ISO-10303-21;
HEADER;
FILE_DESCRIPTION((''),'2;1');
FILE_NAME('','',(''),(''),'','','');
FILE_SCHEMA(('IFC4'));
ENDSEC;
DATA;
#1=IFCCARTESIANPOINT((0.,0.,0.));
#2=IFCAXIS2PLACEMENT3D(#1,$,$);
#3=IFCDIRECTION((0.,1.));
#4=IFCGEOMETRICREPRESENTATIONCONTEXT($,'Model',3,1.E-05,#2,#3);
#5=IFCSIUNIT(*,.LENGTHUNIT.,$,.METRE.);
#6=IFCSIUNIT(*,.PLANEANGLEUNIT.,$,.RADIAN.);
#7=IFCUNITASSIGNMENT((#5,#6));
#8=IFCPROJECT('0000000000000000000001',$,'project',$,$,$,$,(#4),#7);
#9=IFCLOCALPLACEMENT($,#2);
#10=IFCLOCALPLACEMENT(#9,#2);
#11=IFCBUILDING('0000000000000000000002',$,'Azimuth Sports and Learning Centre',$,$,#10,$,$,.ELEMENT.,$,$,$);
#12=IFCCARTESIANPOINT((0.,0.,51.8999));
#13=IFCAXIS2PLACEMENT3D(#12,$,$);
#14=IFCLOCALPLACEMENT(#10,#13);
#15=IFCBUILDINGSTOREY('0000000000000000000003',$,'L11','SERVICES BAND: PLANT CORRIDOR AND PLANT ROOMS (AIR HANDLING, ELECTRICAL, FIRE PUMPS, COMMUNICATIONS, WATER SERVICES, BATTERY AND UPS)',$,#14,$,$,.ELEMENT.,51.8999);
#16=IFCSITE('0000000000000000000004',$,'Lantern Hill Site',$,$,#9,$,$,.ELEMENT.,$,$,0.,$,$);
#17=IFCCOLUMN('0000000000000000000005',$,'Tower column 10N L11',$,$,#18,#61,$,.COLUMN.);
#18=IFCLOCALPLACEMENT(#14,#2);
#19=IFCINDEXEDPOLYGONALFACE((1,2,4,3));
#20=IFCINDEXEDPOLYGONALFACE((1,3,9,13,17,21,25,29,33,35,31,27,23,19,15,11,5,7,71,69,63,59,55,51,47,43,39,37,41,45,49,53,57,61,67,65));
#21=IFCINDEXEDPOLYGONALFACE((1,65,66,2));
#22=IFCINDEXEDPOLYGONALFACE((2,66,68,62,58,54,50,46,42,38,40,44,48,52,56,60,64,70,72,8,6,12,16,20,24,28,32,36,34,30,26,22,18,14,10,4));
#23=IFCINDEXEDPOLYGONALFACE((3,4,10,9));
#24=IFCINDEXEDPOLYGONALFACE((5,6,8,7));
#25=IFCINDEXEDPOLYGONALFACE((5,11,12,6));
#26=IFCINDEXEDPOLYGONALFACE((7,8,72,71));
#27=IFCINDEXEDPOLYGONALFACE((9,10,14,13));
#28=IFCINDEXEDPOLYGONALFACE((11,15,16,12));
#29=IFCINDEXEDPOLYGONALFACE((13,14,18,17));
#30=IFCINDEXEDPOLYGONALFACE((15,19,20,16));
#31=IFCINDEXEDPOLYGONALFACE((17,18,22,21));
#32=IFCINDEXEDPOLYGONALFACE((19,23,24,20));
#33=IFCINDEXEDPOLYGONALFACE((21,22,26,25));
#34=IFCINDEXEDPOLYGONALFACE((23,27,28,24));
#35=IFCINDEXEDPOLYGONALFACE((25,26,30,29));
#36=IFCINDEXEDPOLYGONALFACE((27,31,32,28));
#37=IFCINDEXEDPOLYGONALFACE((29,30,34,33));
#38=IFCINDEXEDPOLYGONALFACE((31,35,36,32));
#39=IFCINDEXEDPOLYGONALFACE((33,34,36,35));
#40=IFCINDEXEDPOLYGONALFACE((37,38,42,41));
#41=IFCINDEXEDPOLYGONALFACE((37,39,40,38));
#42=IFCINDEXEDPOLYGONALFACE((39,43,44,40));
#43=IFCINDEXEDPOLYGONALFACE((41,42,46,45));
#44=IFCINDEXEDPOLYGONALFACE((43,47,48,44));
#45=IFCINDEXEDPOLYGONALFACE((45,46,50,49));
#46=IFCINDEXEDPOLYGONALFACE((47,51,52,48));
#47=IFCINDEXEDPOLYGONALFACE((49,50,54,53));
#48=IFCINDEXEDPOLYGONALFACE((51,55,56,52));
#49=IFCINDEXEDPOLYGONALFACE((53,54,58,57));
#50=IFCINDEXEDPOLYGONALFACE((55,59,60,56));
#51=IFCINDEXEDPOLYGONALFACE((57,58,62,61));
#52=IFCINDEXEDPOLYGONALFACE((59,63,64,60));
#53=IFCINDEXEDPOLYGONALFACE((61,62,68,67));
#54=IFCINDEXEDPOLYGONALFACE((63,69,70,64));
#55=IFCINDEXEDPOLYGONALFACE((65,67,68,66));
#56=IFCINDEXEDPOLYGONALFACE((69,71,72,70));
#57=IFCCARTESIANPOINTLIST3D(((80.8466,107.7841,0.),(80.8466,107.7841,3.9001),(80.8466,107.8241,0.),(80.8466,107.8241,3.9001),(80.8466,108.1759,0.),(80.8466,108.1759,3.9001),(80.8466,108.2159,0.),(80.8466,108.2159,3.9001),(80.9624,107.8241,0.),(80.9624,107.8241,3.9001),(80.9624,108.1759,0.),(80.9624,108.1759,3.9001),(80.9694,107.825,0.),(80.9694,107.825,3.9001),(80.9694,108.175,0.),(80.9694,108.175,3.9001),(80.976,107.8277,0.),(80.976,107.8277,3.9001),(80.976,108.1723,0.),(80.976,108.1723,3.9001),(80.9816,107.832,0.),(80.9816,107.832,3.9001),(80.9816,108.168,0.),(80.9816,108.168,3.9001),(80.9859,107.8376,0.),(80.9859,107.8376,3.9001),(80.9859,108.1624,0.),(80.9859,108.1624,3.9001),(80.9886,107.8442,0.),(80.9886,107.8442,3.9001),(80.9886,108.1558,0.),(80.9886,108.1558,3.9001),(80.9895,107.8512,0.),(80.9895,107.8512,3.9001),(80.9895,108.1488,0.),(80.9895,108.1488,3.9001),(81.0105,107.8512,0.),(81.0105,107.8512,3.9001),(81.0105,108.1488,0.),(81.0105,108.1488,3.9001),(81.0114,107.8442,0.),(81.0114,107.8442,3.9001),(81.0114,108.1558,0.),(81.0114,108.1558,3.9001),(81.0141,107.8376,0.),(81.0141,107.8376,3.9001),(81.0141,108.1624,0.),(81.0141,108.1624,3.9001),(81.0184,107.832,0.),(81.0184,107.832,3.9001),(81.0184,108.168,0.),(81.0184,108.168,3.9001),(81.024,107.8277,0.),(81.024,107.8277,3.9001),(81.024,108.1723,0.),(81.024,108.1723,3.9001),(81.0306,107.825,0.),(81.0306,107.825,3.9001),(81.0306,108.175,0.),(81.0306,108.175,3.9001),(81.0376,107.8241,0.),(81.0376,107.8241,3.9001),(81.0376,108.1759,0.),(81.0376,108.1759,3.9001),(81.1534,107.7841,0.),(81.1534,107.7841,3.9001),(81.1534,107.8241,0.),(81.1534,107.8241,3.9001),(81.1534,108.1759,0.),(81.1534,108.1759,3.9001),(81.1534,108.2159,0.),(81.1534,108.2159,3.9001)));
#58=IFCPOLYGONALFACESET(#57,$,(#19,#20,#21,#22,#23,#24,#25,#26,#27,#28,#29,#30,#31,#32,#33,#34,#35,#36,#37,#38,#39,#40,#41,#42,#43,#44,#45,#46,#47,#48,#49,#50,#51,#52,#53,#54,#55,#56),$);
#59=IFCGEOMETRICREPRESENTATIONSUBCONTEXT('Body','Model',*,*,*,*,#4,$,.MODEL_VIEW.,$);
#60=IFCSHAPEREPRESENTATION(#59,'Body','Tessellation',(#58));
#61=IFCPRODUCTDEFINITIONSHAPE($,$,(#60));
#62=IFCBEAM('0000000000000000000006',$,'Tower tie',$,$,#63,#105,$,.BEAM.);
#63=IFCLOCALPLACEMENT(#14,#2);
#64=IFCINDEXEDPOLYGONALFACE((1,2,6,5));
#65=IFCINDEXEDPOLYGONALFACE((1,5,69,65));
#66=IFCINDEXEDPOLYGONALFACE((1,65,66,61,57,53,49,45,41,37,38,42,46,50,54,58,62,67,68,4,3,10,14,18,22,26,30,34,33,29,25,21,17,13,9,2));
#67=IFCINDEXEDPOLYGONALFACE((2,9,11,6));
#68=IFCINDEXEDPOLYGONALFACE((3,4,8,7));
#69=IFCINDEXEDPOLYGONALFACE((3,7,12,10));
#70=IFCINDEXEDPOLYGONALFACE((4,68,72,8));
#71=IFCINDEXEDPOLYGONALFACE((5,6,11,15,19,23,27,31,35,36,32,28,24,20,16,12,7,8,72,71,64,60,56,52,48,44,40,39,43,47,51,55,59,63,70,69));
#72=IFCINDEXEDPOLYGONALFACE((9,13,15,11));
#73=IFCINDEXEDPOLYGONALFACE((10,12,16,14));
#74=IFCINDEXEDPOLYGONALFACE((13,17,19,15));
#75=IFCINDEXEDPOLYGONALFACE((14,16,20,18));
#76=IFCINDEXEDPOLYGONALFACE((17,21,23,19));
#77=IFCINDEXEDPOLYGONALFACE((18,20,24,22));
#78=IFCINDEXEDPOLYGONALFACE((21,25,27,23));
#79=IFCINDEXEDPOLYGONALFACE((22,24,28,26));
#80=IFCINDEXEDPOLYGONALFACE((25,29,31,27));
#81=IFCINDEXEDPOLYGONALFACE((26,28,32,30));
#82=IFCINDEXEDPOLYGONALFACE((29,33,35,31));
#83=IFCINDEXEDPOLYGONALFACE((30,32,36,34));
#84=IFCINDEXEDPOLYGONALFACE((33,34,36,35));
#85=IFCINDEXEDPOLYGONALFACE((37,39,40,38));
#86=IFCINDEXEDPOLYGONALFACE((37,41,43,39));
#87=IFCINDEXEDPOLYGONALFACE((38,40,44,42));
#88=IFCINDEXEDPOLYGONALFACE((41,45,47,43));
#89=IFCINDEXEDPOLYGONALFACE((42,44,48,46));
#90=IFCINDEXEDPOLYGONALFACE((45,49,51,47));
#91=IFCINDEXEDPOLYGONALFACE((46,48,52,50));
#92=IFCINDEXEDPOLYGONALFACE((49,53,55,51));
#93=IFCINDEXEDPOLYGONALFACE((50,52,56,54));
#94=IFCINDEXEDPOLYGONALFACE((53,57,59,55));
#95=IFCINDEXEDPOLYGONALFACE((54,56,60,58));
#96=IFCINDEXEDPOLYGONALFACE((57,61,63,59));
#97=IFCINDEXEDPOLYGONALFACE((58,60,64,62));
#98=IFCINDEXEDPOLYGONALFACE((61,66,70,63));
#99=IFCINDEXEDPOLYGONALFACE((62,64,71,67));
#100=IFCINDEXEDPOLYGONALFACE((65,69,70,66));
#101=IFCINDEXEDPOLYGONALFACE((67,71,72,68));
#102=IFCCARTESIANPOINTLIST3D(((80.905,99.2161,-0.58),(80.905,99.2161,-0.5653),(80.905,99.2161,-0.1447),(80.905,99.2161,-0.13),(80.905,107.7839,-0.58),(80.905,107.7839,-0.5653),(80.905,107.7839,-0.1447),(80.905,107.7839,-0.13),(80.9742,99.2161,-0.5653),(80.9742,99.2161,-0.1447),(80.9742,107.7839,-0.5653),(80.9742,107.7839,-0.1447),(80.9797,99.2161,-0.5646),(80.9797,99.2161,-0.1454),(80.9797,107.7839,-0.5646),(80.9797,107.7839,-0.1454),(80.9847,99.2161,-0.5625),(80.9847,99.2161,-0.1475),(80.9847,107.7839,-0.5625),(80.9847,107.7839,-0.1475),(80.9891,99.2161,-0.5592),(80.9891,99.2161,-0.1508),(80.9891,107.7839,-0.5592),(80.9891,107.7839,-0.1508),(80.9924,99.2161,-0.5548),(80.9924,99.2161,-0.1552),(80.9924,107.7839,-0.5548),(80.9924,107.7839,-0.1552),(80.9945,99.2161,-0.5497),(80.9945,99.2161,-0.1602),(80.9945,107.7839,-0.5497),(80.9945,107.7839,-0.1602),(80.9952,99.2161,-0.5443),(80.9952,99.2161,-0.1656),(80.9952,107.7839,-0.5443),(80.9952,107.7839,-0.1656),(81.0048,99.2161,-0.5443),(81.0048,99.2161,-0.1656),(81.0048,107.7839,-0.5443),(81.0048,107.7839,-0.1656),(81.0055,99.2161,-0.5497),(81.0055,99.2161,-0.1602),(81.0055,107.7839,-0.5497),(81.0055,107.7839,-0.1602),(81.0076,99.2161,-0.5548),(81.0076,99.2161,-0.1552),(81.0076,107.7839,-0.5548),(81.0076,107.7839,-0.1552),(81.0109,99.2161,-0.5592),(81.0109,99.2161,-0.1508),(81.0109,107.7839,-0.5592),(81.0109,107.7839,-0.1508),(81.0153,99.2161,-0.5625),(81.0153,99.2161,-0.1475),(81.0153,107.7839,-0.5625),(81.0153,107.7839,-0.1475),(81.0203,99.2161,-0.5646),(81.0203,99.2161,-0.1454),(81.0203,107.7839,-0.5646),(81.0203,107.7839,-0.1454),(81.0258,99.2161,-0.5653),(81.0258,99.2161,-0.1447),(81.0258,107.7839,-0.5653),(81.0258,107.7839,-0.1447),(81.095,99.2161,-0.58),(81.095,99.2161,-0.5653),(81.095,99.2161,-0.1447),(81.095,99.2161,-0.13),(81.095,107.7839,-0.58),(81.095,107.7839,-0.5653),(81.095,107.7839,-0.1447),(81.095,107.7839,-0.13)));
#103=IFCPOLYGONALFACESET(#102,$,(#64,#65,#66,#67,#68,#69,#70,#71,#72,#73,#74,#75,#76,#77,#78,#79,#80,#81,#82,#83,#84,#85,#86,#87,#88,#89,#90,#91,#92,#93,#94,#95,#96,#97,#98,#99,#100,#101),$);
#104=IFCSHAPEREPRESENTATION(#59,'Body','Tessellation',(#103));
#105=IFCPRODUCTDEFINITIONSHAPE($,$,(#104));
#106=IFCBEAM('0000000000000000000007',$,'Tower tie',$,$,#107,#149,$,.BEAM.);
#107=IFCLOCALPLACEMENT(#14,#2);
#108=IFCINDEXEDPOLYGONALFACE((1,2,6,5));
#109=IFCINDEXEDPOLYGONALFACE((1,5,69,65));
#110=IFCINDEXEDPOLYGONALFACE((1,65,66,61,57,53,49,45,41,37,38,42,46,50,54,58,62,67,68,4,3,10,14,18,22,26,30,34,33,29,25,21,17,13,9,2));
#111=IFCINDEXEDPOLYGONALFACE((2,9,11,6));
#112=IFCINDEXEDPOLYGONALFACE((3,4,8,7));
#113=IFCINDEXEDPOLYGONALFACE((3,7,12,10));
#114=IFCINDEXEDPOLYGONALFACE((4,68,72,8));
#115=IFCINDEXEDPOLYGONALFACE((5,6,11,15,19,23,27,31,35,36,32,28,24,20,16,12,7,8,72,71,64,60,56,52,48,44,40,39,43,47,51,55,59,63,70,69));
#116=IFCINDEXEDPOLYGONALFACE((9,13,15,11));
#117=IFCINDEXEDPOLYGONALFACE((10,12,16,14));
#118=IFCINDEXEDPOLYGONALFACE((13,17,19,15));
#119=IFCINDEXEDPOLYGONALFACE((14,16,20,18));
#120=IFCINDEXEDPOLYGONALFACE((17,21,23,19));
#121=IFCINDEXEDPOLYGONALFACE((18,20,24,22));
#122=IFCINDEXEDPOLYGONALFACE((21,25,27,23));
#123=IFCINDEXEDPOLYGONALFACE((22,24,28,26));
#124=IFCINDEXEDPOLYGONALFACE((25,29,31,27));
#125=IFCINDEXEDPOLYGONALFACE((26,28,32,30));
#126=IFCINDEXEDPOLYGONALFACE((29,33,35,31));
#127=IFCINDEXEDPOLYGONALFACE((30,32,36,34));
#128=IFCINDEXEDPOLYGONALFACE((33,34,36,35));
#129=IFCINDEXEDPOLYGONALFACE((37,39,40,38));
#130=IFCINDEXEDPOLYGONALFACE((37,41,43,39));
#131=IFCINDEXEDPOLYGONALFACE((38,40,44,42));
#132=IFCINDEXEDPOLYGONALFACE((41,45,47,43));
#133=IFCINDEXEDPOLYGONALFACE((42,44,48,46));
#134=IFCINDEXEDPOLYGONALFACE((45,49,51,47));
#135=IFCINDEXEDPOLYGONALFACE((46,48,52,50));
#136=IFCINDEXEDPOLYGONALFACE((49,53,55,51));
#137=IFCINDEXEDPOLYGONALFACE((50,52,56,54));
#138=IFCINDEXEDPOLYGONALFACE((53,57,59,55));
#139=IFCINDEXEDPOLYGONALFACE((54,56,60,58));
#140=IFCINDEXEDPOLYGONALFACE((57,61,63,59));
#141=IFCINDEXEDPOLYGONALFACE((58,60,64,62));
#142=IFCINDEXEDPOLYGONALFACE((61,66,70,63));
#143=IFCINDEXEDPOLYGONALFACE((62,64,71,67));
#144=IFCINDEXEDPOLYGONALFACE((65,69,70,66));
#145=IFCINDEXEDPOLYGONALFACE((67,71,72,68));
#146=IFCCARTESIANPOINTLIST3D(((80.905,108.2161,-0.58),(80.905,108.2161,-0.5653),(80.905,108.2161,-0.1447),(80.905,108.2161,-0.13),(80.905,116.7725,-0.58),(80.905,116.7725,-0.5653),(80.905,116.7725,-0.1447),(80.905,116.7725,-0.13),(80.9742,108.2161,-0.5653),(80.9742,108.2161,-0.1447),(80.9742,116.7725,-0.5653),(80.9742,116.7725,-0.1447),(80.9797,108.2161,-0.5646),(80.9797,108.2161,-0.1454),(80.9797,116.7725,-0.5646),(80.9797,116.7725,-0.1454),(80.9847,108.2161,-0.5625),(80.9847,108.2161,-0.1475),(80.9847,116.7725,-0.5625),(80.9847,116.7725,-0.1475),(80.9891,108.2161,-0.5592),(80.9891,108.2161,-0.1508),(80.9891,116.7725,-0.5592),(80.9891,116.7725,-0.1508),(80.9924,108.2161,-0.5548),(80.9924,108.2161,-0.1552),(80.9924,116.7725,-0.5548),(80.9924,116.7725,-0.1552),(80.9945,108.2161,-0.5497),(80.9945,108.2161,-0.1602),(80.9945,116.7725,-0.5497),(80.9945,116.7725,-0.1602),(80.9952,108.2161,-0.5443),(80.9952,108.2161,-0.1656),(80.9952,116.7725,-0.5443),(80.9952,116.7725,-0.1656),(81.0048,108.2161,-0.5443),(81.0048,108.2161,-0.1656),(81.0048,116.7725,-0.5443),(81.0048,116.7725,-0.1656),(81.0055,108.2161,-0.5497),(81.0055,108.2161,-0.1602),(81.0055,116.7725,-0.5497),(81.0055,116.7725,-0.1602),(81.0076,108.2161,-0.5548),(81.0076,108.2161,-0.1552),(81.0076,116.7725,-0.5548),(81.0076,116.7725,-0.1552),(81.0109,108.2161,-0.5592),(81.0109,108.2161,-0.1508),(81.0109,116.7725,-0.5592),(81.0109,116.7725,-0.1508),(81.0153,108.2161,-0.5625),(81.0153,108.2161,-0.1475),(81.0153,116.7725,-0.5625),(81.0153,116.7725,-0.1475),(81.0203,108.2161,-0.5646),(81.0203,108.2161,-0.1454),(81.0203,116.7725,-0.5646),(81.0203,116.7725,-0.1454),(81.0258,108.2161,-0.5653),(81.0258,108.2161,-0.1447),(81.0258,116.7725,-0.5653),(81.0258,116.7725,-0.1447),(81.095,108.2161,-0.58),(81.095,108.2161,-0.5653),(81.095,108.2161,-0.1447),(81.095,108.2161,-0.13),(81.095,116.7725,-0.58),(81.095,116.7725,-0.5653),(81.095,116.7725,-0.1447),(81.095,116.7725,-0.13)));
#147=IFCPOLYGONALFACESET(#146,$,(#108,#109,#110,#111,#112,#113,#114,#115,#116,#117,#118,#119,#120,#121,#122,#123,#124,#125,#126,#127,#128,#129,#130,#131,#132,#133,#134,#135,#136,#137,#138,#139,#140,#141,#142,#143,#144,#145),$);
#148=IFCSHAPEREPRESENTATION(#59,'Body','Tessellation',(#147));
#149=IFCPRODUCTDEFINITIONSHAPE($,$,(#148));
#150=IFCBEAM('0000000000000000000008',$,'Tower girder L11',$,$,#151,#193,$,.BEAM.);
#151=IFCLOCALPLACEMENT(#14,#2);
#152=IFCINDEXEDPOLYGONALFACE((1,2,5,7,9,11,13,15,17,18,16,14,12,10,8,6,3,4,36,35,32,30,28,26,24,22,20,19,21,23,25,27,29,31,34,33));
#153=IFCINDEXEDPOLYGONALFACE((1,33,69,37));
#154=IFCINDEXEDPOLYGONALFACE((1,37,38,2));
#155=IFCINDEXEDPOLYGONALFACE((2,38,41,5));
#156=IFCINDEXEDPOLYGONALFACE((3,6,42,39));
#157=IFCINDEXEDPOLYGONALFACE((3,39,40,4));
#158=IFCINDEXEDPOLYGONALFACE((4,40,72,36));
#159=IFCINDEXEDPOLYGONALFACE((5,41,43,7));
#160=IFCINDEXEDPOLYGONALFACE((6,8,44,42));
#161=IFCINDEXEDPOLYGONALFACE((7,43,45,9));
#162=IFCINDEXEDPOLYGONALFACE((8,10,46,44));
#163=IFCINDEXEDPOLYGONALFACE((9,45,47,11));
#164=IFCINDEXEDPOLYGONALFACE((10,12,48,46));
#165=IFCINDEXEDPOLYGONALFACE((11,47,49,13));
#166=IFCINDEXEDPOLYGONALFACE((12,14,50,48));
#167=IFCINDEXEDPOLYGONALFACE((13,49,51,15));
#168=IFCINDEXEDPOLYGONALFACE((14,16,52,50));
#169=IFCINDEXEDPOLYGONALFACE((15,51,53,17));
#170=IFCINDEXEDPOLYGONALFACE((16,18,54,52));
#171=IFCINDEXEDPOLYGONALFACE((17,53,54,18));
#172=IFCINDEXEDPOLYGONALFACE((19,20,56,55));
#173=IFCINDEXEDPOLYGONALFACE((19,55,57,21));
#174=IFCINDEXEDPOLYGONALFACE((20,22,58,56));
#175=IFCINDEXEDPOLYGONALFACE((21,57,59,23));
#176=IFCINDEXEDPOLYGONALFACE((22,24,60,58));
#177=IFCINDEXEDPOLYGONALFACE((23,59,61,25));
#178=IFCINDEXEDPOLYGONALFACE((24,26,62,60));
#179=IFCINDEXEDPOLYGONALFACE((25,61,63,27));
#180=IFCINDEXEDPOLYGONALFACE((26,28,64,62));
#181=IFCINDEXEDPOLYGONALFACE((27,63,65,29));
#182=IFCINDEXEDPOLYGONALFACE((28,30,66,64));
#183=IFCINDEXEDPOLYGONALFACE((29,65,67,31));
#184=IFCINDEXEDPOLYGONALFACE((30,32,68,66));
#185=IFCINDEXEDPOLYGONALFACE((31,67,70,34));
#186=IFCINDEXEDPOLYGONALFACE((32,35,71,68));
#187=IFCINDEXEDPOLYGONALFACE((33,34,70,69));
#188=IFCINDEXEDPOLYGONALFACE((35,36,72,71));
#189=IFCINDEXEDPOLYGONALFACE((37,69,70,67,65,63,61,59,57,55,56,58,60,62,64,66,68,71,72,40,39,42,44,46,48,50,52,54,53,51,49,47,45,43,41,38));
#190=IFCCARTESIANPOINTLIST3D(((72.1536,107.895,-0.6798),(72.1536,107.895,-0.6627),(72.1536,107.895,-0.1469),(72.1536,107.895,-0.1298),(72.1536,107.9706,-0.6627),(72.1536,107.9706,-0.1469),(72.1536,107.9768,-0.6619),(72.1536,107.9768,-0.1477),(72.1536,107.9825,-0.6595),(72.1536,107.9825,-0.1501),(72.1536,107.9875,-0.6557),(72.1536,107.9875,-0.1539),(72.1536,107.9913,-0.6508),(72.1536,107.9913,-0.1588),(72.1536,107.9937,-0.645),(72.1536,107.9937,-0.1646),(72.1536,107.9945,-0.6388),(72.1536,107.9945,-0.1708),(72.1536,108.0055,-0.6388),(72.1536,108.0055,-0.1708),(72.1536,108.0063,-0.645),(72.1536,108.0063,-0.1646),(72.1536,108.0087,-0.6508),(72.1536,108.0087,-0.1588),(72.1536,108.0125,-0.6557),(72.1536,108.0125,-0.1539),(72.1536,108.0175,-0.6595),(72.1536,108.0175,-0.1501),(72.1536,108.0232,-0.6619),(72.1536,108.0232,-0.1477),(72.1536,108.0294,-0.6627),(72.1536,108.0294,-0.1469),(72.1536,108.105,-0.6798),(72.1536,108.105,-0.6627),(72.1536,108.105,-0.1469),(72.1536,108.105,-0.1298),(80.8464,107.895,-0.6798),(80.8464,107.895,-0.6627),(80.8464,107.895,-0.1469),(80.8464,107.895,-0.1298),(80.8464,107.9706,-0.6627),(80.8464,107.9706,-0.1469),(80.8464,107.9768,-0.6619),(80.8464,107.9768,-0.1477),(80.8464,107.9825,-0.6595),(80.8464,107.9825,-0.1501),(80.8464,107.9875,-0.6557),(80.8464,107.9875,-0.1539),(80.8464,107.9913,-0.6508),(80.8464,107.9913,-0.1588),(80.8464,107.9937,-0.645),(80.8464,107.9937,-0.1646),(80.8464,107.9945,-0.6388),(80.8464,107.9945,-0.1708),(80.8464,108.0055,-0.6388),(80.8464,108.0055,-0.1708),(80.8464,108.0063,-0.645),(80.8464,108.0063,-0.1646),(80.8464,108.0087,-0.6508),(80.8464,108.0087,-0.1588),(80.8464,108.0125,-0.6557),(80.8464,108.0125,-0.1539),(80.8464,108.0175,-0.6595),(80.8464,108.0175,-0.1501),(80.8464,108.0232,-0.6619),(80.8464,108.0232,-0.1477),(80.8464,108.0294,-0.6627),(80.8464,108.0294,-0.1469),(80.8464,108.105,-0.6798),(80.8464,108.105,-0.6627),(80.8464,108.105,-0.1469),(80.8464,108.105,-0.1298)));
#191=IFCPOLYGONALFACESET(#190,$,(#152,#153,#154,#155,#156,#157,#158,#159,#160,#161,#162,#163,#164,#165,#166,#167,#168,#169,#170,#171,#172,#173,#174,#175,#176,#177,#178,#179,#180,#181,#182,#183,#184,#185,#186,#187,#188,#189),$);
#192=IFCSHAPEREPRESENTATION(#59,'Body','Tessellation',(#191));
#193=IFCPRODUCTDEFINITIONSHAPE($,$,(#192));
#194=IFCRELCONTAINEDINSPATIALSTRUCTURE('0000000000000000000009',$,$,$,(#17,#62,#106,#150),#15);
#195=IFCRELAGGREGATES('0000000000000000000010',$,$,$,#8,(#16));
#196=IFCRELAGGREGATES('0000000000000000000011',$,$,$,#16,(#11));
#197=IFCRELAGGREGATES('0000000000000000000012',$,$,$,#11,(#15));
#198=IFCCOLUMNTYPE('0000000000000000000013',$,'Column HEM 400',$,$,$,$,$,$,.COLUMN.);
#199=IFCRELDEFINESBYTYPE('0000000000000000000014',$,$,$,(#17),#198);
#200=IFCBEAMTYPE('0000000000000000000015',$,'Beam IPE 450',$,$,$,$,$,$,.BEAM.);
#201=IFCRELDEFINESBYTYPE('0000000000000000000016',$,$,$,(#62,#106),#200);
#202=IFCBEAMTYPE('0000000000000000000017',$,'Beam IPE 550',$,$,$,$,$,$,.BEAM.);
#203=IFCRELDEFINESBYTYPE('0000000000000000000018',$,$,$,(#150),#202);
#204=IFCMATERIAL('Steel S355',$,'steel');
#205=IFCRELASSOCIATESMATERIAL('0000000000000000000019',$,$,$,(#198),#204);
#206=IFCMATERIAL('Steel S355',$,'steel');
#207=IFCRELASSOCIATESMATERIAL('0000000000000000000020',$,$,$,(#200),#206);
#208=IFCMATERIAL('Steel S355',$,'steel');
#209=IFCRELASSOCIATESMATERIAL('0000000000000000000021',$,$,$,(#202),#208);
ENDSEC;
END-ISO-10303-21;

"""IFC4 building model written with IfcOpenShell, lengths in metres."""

from ifc_helpers import new_model, si_unit, direction, frame, origin, origin_2d, place, context, subcontext, project, spatial, i_section, extrude, material, material_profile, profile_set, type_object, element, save


model = new_model("IFC4")

# Units and contexts
model_context = context("Model", 3, precision=1e-05, world=origin(), true_north=direction((0.0, 1.0)))
body_context = subcontext(model_context, "Body", "Model", "MODEL_VIEW")
ifc_project = project(units=[si_unit("LENGTHUNIT", "METRE"), si_unit("PLANEANGLEUNIT", "RADIAN")], contexts=[model_context])

# Site, building, storey
site_placement = place(None, origin())
site = spatial("IfcSite", under=ifc_project, at=site_placement, Name="Lantern Hill Site", CompositionType="ELEMENT", RefElevation=0.0)
building_placement = place(site_placement, origin())
building = spatial("IfcBuilding", under=site, at=building_placement, Name="Azimuth Sports and Learning Centre", CompositionType="ELEMENT")
storey_placement = place(building_placement, frame((0.0, 0.0, 51.8999)))
storey = spatial("IfcBuildingStorey", under=building, at=storey_placement, Name="L11", Description="SERVICES BAND: PLANT CORRIDOR AND PLANT ROOMS (AIR HANDLING, ELECTRICAL, FIRE PUMPS, COMMUNICATIONS, WATER SERVICES, BATTERY AND UPS)", CompositionType="ELEMENT", Elevation=51.8999)

# Column
ifc_material_1 = material(Name="Steel S355", Category="steel")
ifc_material_profile_1 = material_profile(ifc_material_1, i_section(OverallWidth=0.3069, OverallDepth=0.4319, WebThickness=0.021, FlangeThickness=0.04, FilletRadius=0.0271, at=origin_2d()), Name="HEM 400")
ifc_profile_set_1 = profile_set([ifc_material_profile_1], Name="Steel S355")
column_type = type_object("IfcColumnType", Name="Column HEM 400", PredefinedType="COLUMN", material=ifc_profile_set_1)
column_placement = place(storey_placement, frame((81.0, 108.0, 0.0), z_axis=(0.0, 0.0, 1.0), x_axis=(1.0, 0.0, 0.0)))
element("IfcColumn", 1, at=column_placement, inside=storey, type_object=column_type, Name="Tower column 10N L11", PredefinedType="COLUMN", context=body_context, shape_type="SweptSolid", body=[
    extrude(i_section(OverallWidth=0.3069, OverallDepth=0.4319, WebThickness=0.021, FlangeThickness=0.04, FilletRadius=0.0271, at=origin_2d()), origin(), (0.0, 0.0, 1.0), 3.9001),
])

# Beams
ifc_material_2 = material(Name="Steel S355", Category="steel")
ifc_material_profile_2 = material_profile(ifc_material_2, i_section(OverallWidth=0.1899, OverallDepth=0.45, WebThickness=0.0095, FlangeThickness=0.0146, FilletRadius=0.021, at=origin_2d()), Name="IPE 450")
ifc_profile_set_2 = profile_set([ifc_material_profile_2], Name="Steel S355")
beam_type_1 = type_object("IfcBeamType", Name="Beam IPE 450", PredefinedType="BEAM", material=ifc_profile_set_2)
beam_1_placement = place(storey_placement, frame((81.0, 99.2161, -0.355), z_axis=(0.0, 1.0, 0.0), x_axis=(-1.0, 0.0, 0.0)))
element("IfcBeam", 2, at=beam_1_placement, inside=storey, type_object=beam_type_1, Name="Tower tie", PredefinedType="BEAM", context=body_context, shape_type="SweptSolid", body=[
    extrude(i_section(OverallWidth=0.1899, OverallDepth=0.45, WebThickness=0.0095, FlangeThickness=0.0146, FilletRadius=0.021, at=origin_2d()), origin(), (0.0, 0.0, 1.0), 8.5679),
])
beam_2_placement = place(storey_placement, frame((81.0, 108.2161, -0.355), z_axis=(0.0, 1.0, 0.0), x_axis=(-1.0, 0.0, 0.0)))
element("IfcBeam", 3, at=beam_2_placement, inside=storey, type_object=beam_type_1, Name="Tower tie", PredefinedType="BEAM", context=body_context, shape_type="SweptSolid", body=[
    extrude(i_section(OverallWidth=0.1899, OverallDepth=0.45, WebThickness=0.0095, FlangeThickness=0.0146, FilletRadius=0.021, at=origin_2d()), origin(), (0.0, 0.0, 1.0), 8.5564),
])
ifc_material_3 = material(Name="Steel S355", Category="steel")
ifc_material_profile_3 = material_profile(ifc_material_3, i_section(OverallWidth=0.21, OverallDepth=0.55, WebThickness=0.011, FlangeThickness=0.0171, FilletRadius=0.0239, at=origin_2d()), Name="IPE 550")
ifc_profile_set_3 = profile_set([ifc_material_profile_3], Name="Steel S355")
beam_type_2 = type_object("IfcBeamType", Name="Beam IPE 550", PredefinedType="BEAM", material=ifc_profile_set_3)
for number, where, z_axis, x_axis, name in (
    (4, (72.1536, 108.0, -0.4048), (1.0, 0.0, 0.0), (0.0, 1.0, 0.0), "Tower girder L11"),
):
    element("IfcBeam", number, at=place(storey_placement, frame(where, z_axis=z_axis, x_axis=x_axis)), inside=storey, type_object=beam_type_2, Name=name, PredefinedType="BEAM", context=body_context, shape_type="SweptSolid", body=[
        extrude(i_section(OverallWidth=0.21, OverallDepth=0.55, WebThickness=0.011, FlangeThickness=0.0171, FilletRadius=0.0239, at=origin_2d()), origin(), (0.0, 0.0, 1.0), 8.6929),
    ])

save(model, "model.ifc")
